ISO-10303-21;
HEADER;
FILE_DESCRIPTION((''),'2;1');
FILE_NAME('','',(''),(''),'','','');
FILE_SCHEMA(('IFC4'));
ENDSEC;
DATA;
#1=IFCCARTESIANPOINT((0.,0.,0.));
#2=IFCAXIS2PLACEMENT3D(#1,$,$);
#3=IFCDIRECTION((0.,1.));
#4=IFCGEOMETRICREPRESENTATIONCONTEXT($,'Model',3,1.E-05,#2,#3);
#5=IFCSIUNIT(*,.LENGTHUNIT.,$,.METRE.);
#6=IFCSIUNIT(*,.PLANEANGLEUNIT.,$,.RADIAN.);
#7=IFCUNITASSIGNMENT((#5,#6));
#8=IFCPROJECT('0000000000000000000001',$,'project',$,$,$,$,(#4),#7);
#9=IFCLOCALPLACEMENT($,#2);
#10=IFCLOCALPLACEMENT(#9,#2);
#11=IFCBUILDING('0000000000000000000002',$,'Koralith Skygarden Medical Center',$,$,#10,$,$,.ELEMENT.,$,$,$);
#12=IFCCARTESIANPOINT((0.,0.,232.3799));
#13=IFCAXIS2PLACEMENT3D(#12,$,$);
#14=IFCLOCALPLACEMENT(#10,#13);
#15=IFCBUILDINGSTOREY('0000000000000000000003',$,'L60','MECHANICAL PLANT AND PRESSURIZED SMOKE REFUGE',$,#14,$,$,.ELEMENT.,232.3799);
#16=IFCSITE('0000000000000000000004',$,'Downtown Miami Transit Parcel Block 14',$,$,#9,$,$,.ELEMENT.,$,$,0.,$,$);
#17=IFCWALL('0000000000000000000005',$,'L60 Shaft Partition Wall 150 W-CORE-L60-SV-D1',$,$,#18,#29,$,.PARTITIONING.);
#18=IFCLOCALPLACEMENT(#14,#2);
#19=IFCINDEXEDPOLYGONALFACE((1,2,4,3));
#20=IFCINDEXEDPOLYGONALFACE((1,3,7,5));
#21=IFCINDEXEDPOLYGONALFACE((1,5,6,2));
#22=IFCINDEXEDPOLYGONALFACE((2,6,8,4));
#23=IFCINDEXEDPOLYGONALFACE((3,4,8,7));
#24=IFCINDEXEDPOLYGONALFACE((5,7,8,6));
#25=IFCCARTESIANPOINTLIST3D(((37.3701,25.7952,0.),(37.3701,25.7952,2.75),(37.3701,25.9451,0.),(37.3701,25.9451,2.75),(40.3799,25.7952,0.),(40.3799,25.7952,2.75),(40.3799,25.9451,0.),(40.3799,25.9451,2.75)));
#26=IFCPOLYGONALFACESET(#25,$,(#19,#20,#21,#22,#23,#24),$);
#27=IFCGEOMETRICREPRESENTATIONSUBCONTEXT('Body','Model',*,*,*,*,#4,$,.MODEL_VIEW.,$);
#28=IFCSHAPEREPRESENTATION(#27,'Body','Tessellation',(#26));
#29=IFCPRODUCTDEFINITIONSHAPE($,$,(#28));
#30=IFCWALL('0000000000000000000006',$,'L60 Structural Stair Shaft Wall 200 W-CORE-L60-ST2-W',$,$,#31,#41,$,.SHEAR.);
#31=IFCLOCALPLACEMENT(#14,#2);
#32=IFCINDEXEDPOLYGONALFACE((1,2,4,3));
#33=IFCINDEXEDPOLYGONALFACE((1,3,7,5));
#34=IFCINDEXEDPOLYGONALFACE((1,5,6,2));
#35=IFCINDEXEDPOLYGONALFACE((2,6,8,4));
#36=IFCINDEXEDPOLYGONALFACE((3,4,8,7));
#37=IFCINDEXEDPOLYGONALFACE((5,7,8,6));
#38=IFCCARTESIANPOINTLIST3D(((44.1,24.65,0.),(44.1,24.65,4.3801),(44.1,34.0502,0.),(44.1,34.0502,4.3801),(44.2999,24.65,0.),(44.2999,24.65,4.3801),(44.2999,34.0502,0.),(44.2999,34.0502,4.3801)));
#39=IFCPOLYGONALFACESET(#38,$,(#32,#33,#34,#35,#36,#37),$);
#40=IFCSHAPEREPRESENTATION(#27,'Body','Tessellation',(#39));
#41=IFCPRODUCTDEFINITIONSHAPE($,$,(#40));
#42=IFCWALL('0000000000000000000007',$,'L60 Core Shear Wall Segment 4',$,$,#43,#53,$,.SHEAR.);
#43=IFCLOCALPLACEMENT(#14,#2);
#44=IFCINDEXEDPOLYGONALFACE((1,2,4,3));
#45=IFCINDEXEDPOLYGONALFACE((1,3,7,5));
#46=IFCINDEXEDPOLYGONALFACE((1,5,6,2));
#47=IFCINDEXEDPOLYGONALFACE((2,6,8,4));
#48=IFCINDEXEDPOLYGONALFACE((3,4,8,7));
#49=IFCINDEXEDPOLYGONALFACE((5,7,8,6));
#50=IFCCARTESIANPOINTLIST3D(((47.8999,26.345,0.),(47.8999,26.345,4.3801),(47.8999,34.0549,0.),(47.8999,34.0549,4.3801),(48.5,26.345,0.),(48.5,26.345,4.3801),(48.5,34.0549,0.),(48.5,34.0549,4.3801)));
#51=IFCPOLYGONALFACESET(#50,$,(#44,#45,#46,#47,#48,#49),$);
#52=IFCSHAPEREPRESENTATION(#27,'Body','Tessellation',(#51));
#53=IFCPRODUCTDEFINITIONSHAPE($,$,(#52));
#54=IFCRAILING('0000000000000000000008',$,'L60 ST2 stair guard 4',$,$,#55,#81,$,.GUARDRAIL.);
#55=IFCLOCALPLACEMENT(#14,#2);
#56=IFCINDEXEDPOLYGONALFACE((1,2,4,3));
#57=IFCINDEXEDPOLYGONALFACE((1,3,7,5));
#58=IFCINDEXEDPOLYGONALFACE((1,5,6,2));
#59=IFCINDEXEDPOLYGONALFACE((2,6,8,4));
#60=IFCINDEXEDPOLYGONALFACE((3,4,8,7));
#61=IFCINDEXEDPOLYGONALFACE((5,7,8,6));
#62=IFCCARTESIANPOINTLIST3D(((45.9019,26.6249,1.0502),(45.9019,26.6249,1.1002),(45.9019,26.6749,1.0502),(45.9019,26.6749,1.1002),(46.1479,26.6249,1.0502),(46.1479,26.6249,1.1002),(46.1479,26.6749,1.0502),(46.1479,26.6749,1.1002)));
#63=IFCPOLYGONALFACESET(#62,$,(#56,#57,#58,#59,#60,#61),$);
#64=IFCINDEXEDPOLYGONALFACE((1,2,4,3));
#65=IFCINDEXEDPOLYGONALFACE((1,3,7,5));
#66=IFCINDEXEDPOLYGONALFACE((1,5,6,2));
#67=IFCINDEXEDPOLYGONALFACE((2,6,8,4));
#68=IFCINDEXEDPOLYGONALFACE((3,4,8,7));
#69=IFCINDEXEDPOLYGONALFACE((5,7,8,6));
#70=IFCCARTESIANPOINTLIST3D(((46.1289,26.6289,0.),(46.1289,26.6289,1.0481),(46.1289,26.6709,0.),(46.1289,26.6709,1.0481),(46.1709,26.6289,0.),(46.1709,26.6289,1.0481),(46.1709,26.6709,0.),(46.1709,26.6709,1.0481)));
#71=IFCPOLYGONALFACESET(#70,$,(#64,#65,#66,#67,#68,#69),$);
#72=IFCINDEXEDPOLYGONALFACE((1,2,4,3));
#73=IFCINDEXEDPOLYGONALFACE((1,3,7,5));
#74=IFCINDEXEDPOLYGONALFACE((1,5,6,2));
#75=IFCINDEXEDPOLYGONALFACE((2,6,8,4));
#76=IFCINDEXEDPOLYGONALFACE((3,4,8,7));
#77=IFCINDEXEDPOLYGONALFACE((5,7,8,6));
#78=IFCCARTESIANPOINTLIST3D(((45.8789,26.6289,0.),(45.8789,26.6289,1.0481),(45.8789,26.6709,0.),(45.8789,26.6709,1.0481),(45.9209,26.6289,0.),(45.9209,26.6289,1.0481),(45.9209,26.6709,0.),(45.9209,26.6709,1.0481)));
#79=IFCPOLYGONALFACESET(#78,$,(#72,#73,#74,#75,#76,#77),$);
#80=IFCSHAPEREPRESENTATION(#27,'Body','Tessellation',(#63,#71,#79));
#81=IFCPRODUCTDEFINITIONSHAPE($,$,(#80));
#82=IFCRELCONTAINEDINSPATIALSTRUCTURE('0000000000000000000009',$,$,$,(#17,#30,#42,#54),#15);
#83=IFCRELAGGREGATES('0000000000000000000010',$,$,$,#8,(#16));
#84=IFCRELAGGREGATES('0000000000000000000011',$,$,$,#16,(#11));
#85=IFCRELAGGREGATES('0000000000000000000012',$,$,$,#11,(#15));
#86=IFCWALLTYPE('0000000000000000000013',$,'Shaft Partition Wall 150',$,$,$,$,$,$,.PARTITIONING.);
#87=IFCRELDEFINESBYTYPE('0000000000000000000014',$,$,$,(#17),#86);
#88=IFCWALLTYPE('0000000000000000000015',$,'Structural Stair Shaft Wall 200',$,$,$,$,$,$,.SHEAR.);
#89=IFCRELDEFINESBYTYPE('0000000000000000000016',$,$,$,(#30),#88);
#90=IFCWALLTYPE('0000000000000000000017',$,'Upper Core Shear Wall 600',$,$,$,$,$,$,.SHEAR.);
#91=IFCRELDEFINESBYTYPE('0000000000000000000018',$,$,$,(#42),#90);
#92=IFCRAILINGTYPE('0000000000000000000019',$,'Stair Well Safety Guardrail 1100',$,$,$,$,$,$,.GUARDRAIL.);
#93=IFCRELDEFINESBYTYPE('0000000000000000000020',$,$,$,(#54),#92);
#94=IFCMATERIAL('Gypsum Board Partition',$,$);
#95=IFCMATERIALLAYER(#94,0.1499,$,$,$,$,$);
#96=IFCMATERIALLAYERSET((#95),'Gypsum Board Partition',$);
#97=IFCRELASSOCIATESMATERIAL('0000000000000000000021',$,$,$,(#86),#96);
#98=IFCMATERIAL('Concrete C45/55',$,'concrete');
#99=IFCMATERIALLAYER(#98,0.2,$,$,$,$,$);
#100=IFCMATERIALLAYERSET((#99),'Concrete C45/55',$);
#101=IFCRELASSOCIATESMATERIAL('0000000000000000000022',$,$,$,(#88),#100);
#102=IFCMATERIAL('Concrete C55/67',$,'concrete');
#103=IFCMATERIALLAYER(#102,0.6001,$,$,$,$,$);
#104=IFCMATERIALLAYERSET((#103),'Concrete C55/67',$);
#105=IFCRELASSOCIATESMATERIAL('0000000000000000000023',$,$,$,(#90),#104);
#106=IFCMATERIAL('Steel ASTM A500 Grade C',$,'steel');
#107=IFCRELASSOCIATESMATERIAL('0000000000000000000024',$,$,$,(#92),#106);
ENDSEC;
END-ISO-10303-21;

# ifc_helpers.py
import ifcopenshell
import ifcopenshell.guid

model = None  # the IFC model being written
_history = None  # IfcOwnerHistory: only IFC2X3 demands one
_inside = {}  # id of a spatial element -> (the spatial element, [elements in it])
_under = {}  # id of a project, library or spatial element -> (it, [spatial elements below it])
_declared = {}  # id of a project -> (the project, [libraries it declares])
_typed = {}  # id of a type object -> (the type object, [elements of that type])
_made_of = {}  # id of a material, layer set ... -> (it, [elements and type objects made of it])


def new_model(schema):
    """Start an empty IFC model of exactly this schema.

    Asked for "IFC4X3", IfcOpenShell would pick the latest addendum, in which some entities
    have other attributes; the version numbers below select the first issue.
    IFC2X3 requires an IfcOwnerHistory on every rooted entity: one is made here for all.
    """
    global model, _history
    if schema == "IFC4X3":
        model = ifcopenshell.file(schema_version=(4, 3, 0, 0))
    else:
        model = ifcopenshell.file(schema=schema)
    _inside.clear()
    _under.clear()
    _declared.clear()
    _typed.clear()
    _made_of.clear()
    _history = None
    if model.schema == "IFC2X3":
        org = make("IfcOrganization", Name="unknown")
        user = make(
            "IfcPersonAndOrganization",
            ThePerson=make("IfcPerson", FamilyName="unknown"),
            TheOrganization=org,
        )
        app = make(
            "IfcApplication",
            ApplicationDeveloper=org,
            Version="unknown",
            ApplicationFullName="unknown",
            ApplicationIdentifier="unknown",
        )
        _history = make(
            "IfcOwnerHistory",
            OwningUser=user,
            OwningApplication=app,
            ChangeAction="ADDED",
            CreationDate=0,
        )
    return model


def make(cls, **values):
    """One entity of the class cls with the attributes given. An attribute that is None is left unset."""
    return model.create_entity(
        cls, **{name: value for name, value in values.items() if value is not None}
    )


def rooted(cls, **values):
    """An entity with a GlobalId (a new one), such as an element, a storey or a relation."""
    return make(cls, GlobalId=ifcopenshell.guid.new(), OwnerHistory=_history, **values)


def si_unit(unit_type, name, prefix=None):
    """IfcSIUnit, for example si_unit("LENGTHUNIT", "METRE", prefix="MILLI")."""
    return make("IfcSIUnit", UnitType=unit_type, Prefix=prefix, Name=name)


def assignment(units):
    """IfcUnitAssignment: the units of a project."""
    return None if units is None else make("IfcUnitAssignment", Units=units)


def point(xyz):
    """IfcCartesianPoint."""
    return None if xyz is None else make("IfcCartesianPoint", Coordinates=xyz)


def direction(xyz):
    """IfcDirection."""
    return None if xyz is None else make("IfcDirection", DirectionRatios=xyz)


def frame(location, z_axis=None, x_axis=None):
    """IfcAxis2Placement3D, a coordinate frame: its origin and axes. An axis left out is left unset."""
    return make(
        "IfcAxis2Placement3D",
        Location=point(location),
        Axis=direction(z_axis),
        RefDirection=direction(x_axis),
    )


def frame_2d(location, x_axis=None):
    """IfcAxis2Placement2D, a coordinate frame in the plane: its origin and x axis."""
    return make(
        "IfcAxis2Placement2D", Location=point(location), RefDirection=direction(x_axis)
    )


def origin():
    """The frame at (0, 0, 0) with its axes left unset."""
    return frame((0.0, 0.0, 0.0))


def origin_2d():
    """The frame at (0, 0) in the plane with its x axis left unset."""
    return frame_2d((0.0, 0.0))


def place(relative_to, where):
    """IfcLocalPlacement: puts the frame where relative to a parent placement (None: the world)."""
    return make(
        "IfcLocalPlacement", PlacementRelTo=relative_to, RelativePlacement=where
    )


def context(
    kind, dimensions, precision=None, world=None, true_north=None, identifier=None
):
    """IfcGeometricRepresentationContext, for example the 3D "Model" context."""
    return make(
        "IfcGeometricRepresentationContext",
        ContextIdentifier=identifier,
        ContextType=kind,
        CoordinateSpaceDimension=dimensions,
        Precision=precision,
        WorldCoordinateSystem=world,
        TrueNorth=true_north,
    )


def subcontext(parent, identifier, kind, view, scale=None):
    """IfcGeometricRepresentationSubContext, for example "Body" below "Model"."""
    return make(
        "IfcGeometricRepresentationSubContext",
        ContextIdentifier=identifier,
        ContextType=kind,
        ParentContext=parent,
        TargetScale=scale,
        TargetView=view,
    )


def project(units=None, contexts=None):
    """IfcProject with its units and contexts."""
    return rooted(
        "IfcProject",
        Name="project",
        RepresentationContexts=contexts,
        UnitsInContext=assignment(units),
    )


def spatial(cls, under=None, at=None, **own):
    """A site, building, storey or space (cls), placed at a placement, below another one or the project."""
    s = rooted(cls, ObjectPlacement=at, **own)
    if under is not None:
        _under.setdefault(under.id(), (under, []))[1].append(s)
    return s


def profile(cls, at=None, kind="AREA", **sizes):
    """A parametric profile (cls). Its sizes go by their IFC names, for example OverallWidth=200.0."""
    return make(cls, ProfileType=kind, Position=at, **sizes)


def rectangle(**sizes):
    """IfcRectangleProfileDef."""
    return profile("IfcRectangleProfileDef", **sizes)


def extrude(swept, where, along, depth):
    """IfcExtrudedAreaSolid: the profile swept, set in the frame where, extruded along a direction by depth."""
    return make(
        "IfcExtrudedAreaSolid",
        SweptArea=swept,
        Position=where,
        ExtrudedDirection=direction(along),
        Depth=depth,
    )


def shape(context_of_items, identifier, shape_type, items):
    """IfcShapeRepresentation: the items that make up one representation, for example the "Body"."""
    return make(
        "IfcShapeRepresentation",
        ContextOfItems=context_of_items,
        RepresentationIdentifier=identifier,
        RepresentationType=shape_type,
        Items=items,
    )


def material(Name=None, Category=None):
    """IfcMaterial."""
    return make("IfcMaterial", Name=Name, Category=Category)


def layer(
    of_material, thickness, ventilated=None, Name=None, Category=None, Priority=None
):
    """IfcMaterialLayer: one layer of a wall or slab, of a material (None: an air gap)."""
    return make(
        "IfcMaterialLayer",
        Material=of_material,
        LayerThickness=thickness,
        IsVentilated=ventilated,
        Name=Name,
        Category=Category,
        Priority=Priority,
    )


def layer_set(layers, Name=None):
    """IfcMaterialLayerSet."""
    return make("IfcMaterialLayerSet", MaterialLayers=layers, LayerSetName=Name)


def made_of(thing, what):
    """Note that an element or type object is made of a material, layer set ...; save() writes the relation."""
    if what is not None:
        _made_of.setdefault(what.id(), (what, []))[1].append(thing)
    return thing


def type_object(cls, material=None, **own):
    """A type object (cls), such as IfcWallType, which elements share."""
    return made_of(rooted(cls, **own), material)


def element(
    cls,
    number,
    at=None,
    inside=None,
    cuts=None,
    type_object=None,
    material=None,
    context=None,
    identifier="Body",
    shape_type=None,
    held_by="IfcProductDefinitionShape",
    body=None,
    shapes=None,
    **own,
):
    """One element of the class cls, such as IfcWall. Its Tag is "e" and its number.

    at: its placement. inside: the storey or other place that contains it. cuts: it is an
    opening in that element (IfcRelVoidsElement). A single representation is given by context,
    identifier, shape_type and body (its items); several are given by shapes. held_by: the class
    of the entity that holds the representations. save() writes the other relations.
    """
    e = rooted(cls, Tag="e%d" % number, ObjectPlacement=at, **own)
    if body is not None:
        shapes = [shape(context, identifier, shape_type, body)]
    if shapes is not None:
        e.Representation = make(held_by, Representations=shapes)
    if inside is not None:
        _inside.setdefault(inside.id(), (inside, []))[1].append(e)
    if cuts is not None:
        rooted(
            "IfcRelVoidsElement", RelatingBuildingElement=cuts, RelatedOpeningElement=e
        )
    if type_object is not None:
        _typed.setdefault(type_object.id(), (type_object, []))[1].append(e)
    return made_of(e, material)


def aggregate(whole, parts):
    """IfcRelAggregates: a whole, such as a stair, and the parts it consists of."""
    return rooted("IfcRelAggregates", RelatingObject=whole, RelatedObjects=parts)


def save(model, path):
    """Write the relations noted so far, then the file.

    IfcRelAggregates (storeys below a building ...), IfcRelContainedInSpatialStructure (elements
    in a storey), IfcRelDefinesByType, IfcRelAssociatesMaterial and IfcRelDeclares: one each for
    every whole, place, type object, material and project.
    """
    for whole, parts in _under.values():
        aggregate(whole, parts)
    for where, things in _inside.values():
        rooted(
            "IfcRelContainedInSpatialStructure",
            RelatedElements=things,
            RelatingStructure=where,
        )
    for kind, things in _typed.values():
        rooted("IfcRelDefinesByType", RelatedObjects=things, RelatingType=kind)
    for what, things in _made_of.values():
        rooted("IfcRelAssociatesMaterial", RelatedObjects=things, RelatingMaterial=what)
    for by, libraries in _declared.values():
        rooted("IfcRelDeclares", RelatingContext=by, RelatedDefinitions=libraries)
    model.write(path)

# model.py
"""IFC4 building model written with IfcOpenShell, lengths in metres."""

from ifc_helpers import new_model, si_unit, direction, frame, frame_2d, origin, origin_2d, place, context, subcontext, project, spatial, rectangle, extrude, material, layer, layer_set, type_object, element, save


model = new_model("IFC4")

# Units and contexts
model_context = context("Model", 3, precision=1e-05, world=origin(), true_north=direction((0.0, 1.0)))
body_context = subcontext(model_context, "Body", "Model", "MODEL_VIEW")
ifc_project = project(units=[si_unit("LENGTHUNIT", "METRE"), si_unit("PLANEANGLEUNIT", "RADIAN")], contexts=[model_context])

# Site, building, storey
site_placement = place(None, origin())
site = spatial("IfcSite", under=ifc_project, at=site_placement, Name="Downtown Miami Transit Parcel Block 14", CompositionType="ELEMENT", RefElevation=0.0)
building_placement = place(site_placement, origin())
building = spatial("IfcBuilding", under=site, at=building_placement, Name="Koralith Skygarden Medical Center", CompositionType="ELEMENT")
storey_placement = place(building_placement, frame((0.0, 0.0, 232.3799)))
storey = spatial("IfcBuildingStorey", under=building, at=storey_placement, Name="L60", Description="MECHANICAL PLANT AND PRESSURIZED SMOKE REFUGE", CompositionType="ELEMENT", Elevation=232.3799)

# Shared definitions
ifc_material_1 = material(Name="Concrete C55/67", Category="concrete")

# Shared definitions
ifc_material_2 = material(Name="Gypsum Board Partition")

# Shared definitions
ifc_material_3 = material(Name="Steel ASTM A500 Grade C", Category="steel")

# Walls
ifc_layer_1 = layer(ifc_material_2, 0.1499)
ifc_layer_set_1 = layer_set([ifc_layer_1], Name="Gypsum Board Partition")
wall_type_1 = type_object("IfcWallType", Name="Shaft Partition Wall 150", PredefinedType="PARTITIONING", material=ifc_layer_set_1)
wall_1_placement = place(storey_placement, frame((37.3701, 25.8701, 0.0), z_axis=(0.0, 0.0, 1.0), x_axis=(1.0, 0.0, 0.0)))
element("IfcWall", 1, at=wall_1_placement, inside=storey, type_object=wall_type_1, Name="L60 Shaft Partition Wall 150 W-CORE-L60-SV-D1", PredefinedType="PARTITIONING", context=body_context, shape_type="SweptSolid", body=[
    extrude(rectangle(XDim=3.0098, YDim=0.1499, at=frame_2d((1.5049, 0.0))), origin(), (0.0, 0.0, 1.0), 2.75),
])
ifc_material_4 = material(Name="Concrete C45/55", Category="concrete")
ifc_layer_2 = layer(ifc_material_4, 0.2)
ifc_layer_set_2 = layer_set([ifc_layer_2], Name="Concrete C45/55")
wall_type_2 = type_object("IfcWallType", Name="Structural Stair Shaft Wall 200", PredefinedType="SHEAR", material=ifc_layer_set_2)
wall_2_placement = place(storey_placement, frame((44.2, 24.6499, 0.0), z_axis=(0.0, 0.0, 1.0), x_axis=(0.0, 1.0, 0.0)))
element("IfcWall", 2, at=wall_2_placement, inside=storey, type_object=wall_type_2, Name="L60 Structural Stair Shaft Wall 200 W-CORE-L60-ST2-W", PredefinedType="SHEAR", context=body_context, shape_type="SweptSolid", body=[
    extrude(rectangle(XDim=9.4001, YDim=0.2, at=frame_2d((4.7002, 0.0))), origin(), (0.0, 0.0, 1.0), 4.3801),
])

# Shared definitions
ifc_layer_3 = layer(ifc_material_1, 0.6001)
ifc_layer_set_3 = layer_set([ifc_layer_3], Name="Concrete C55/67")
wall_type_3 = type_object("IfcWallType", Name="Upper Core Shear Wall 600", PredefinedType="SHEAR", material=ifc_layer_set_3)

# Wall
wall_3_placement = place(storey_placement, frame((48.2, 26.345, 0.0), z_axis=(0.0, 0.0, 1.0), x_axis=(0.0, 1.0, 0.0)))
element("IfcWall", 3, at=wall_3_placement, inside=storey, type_object=wall_type_3, Name="L60 Core Shear Wall Segment 4", PredefinedType="SHEAR", context=body_context, shape_type="SweptSolid", body=[
    extrude(rectangle(XDim=7.71, YDim=0.6001, at=frame_2d((3.855, 0.0))), origin(), (0.0, 0.0, 1.0), 4.3801),
])

# Railing
railing_type = type_object("IfcRailingType", Name="Stair Well Safety Guardrail 1100", PredefinedType="GUARDRAIL", material=ifc_material_3)
railing_placement = place(storey_placement, frame((46.1499, 26.6499, 0.0)))
element("IfcRailing", 4, at=railing_placement, inside=storey, type_object=railing_type, Name="L60 ST2 stair guard 4", PredefinedType="GUARDRAIL", context=body_context, shape_type="SweptSolid", body=[
    extrude(rectangle(XDim=0.05, YDim=0.05, at=origin_2d()), frame((-0.002, 0.0, 1.0752), z_axis=(-1.0, 0.0, 0.0), x_axis=(0.0, -1.0, 0.0)), (0.0, 0.0, 1.0), 0.2461),
    extrude(rectangle(XDim=0.042, YDim=0.042, at=origin_2d()), origin(), (0.0, 0.0, 1.0), 1.0481),
    extrude(rectangle(XDim=0.042, YDim=0.042, at=origin_2d()), frame((-0.25, 0.0, 0.0)), (0.0, 0.0, 1.0), 1.0481),
])

save(model, "model.ifc")
